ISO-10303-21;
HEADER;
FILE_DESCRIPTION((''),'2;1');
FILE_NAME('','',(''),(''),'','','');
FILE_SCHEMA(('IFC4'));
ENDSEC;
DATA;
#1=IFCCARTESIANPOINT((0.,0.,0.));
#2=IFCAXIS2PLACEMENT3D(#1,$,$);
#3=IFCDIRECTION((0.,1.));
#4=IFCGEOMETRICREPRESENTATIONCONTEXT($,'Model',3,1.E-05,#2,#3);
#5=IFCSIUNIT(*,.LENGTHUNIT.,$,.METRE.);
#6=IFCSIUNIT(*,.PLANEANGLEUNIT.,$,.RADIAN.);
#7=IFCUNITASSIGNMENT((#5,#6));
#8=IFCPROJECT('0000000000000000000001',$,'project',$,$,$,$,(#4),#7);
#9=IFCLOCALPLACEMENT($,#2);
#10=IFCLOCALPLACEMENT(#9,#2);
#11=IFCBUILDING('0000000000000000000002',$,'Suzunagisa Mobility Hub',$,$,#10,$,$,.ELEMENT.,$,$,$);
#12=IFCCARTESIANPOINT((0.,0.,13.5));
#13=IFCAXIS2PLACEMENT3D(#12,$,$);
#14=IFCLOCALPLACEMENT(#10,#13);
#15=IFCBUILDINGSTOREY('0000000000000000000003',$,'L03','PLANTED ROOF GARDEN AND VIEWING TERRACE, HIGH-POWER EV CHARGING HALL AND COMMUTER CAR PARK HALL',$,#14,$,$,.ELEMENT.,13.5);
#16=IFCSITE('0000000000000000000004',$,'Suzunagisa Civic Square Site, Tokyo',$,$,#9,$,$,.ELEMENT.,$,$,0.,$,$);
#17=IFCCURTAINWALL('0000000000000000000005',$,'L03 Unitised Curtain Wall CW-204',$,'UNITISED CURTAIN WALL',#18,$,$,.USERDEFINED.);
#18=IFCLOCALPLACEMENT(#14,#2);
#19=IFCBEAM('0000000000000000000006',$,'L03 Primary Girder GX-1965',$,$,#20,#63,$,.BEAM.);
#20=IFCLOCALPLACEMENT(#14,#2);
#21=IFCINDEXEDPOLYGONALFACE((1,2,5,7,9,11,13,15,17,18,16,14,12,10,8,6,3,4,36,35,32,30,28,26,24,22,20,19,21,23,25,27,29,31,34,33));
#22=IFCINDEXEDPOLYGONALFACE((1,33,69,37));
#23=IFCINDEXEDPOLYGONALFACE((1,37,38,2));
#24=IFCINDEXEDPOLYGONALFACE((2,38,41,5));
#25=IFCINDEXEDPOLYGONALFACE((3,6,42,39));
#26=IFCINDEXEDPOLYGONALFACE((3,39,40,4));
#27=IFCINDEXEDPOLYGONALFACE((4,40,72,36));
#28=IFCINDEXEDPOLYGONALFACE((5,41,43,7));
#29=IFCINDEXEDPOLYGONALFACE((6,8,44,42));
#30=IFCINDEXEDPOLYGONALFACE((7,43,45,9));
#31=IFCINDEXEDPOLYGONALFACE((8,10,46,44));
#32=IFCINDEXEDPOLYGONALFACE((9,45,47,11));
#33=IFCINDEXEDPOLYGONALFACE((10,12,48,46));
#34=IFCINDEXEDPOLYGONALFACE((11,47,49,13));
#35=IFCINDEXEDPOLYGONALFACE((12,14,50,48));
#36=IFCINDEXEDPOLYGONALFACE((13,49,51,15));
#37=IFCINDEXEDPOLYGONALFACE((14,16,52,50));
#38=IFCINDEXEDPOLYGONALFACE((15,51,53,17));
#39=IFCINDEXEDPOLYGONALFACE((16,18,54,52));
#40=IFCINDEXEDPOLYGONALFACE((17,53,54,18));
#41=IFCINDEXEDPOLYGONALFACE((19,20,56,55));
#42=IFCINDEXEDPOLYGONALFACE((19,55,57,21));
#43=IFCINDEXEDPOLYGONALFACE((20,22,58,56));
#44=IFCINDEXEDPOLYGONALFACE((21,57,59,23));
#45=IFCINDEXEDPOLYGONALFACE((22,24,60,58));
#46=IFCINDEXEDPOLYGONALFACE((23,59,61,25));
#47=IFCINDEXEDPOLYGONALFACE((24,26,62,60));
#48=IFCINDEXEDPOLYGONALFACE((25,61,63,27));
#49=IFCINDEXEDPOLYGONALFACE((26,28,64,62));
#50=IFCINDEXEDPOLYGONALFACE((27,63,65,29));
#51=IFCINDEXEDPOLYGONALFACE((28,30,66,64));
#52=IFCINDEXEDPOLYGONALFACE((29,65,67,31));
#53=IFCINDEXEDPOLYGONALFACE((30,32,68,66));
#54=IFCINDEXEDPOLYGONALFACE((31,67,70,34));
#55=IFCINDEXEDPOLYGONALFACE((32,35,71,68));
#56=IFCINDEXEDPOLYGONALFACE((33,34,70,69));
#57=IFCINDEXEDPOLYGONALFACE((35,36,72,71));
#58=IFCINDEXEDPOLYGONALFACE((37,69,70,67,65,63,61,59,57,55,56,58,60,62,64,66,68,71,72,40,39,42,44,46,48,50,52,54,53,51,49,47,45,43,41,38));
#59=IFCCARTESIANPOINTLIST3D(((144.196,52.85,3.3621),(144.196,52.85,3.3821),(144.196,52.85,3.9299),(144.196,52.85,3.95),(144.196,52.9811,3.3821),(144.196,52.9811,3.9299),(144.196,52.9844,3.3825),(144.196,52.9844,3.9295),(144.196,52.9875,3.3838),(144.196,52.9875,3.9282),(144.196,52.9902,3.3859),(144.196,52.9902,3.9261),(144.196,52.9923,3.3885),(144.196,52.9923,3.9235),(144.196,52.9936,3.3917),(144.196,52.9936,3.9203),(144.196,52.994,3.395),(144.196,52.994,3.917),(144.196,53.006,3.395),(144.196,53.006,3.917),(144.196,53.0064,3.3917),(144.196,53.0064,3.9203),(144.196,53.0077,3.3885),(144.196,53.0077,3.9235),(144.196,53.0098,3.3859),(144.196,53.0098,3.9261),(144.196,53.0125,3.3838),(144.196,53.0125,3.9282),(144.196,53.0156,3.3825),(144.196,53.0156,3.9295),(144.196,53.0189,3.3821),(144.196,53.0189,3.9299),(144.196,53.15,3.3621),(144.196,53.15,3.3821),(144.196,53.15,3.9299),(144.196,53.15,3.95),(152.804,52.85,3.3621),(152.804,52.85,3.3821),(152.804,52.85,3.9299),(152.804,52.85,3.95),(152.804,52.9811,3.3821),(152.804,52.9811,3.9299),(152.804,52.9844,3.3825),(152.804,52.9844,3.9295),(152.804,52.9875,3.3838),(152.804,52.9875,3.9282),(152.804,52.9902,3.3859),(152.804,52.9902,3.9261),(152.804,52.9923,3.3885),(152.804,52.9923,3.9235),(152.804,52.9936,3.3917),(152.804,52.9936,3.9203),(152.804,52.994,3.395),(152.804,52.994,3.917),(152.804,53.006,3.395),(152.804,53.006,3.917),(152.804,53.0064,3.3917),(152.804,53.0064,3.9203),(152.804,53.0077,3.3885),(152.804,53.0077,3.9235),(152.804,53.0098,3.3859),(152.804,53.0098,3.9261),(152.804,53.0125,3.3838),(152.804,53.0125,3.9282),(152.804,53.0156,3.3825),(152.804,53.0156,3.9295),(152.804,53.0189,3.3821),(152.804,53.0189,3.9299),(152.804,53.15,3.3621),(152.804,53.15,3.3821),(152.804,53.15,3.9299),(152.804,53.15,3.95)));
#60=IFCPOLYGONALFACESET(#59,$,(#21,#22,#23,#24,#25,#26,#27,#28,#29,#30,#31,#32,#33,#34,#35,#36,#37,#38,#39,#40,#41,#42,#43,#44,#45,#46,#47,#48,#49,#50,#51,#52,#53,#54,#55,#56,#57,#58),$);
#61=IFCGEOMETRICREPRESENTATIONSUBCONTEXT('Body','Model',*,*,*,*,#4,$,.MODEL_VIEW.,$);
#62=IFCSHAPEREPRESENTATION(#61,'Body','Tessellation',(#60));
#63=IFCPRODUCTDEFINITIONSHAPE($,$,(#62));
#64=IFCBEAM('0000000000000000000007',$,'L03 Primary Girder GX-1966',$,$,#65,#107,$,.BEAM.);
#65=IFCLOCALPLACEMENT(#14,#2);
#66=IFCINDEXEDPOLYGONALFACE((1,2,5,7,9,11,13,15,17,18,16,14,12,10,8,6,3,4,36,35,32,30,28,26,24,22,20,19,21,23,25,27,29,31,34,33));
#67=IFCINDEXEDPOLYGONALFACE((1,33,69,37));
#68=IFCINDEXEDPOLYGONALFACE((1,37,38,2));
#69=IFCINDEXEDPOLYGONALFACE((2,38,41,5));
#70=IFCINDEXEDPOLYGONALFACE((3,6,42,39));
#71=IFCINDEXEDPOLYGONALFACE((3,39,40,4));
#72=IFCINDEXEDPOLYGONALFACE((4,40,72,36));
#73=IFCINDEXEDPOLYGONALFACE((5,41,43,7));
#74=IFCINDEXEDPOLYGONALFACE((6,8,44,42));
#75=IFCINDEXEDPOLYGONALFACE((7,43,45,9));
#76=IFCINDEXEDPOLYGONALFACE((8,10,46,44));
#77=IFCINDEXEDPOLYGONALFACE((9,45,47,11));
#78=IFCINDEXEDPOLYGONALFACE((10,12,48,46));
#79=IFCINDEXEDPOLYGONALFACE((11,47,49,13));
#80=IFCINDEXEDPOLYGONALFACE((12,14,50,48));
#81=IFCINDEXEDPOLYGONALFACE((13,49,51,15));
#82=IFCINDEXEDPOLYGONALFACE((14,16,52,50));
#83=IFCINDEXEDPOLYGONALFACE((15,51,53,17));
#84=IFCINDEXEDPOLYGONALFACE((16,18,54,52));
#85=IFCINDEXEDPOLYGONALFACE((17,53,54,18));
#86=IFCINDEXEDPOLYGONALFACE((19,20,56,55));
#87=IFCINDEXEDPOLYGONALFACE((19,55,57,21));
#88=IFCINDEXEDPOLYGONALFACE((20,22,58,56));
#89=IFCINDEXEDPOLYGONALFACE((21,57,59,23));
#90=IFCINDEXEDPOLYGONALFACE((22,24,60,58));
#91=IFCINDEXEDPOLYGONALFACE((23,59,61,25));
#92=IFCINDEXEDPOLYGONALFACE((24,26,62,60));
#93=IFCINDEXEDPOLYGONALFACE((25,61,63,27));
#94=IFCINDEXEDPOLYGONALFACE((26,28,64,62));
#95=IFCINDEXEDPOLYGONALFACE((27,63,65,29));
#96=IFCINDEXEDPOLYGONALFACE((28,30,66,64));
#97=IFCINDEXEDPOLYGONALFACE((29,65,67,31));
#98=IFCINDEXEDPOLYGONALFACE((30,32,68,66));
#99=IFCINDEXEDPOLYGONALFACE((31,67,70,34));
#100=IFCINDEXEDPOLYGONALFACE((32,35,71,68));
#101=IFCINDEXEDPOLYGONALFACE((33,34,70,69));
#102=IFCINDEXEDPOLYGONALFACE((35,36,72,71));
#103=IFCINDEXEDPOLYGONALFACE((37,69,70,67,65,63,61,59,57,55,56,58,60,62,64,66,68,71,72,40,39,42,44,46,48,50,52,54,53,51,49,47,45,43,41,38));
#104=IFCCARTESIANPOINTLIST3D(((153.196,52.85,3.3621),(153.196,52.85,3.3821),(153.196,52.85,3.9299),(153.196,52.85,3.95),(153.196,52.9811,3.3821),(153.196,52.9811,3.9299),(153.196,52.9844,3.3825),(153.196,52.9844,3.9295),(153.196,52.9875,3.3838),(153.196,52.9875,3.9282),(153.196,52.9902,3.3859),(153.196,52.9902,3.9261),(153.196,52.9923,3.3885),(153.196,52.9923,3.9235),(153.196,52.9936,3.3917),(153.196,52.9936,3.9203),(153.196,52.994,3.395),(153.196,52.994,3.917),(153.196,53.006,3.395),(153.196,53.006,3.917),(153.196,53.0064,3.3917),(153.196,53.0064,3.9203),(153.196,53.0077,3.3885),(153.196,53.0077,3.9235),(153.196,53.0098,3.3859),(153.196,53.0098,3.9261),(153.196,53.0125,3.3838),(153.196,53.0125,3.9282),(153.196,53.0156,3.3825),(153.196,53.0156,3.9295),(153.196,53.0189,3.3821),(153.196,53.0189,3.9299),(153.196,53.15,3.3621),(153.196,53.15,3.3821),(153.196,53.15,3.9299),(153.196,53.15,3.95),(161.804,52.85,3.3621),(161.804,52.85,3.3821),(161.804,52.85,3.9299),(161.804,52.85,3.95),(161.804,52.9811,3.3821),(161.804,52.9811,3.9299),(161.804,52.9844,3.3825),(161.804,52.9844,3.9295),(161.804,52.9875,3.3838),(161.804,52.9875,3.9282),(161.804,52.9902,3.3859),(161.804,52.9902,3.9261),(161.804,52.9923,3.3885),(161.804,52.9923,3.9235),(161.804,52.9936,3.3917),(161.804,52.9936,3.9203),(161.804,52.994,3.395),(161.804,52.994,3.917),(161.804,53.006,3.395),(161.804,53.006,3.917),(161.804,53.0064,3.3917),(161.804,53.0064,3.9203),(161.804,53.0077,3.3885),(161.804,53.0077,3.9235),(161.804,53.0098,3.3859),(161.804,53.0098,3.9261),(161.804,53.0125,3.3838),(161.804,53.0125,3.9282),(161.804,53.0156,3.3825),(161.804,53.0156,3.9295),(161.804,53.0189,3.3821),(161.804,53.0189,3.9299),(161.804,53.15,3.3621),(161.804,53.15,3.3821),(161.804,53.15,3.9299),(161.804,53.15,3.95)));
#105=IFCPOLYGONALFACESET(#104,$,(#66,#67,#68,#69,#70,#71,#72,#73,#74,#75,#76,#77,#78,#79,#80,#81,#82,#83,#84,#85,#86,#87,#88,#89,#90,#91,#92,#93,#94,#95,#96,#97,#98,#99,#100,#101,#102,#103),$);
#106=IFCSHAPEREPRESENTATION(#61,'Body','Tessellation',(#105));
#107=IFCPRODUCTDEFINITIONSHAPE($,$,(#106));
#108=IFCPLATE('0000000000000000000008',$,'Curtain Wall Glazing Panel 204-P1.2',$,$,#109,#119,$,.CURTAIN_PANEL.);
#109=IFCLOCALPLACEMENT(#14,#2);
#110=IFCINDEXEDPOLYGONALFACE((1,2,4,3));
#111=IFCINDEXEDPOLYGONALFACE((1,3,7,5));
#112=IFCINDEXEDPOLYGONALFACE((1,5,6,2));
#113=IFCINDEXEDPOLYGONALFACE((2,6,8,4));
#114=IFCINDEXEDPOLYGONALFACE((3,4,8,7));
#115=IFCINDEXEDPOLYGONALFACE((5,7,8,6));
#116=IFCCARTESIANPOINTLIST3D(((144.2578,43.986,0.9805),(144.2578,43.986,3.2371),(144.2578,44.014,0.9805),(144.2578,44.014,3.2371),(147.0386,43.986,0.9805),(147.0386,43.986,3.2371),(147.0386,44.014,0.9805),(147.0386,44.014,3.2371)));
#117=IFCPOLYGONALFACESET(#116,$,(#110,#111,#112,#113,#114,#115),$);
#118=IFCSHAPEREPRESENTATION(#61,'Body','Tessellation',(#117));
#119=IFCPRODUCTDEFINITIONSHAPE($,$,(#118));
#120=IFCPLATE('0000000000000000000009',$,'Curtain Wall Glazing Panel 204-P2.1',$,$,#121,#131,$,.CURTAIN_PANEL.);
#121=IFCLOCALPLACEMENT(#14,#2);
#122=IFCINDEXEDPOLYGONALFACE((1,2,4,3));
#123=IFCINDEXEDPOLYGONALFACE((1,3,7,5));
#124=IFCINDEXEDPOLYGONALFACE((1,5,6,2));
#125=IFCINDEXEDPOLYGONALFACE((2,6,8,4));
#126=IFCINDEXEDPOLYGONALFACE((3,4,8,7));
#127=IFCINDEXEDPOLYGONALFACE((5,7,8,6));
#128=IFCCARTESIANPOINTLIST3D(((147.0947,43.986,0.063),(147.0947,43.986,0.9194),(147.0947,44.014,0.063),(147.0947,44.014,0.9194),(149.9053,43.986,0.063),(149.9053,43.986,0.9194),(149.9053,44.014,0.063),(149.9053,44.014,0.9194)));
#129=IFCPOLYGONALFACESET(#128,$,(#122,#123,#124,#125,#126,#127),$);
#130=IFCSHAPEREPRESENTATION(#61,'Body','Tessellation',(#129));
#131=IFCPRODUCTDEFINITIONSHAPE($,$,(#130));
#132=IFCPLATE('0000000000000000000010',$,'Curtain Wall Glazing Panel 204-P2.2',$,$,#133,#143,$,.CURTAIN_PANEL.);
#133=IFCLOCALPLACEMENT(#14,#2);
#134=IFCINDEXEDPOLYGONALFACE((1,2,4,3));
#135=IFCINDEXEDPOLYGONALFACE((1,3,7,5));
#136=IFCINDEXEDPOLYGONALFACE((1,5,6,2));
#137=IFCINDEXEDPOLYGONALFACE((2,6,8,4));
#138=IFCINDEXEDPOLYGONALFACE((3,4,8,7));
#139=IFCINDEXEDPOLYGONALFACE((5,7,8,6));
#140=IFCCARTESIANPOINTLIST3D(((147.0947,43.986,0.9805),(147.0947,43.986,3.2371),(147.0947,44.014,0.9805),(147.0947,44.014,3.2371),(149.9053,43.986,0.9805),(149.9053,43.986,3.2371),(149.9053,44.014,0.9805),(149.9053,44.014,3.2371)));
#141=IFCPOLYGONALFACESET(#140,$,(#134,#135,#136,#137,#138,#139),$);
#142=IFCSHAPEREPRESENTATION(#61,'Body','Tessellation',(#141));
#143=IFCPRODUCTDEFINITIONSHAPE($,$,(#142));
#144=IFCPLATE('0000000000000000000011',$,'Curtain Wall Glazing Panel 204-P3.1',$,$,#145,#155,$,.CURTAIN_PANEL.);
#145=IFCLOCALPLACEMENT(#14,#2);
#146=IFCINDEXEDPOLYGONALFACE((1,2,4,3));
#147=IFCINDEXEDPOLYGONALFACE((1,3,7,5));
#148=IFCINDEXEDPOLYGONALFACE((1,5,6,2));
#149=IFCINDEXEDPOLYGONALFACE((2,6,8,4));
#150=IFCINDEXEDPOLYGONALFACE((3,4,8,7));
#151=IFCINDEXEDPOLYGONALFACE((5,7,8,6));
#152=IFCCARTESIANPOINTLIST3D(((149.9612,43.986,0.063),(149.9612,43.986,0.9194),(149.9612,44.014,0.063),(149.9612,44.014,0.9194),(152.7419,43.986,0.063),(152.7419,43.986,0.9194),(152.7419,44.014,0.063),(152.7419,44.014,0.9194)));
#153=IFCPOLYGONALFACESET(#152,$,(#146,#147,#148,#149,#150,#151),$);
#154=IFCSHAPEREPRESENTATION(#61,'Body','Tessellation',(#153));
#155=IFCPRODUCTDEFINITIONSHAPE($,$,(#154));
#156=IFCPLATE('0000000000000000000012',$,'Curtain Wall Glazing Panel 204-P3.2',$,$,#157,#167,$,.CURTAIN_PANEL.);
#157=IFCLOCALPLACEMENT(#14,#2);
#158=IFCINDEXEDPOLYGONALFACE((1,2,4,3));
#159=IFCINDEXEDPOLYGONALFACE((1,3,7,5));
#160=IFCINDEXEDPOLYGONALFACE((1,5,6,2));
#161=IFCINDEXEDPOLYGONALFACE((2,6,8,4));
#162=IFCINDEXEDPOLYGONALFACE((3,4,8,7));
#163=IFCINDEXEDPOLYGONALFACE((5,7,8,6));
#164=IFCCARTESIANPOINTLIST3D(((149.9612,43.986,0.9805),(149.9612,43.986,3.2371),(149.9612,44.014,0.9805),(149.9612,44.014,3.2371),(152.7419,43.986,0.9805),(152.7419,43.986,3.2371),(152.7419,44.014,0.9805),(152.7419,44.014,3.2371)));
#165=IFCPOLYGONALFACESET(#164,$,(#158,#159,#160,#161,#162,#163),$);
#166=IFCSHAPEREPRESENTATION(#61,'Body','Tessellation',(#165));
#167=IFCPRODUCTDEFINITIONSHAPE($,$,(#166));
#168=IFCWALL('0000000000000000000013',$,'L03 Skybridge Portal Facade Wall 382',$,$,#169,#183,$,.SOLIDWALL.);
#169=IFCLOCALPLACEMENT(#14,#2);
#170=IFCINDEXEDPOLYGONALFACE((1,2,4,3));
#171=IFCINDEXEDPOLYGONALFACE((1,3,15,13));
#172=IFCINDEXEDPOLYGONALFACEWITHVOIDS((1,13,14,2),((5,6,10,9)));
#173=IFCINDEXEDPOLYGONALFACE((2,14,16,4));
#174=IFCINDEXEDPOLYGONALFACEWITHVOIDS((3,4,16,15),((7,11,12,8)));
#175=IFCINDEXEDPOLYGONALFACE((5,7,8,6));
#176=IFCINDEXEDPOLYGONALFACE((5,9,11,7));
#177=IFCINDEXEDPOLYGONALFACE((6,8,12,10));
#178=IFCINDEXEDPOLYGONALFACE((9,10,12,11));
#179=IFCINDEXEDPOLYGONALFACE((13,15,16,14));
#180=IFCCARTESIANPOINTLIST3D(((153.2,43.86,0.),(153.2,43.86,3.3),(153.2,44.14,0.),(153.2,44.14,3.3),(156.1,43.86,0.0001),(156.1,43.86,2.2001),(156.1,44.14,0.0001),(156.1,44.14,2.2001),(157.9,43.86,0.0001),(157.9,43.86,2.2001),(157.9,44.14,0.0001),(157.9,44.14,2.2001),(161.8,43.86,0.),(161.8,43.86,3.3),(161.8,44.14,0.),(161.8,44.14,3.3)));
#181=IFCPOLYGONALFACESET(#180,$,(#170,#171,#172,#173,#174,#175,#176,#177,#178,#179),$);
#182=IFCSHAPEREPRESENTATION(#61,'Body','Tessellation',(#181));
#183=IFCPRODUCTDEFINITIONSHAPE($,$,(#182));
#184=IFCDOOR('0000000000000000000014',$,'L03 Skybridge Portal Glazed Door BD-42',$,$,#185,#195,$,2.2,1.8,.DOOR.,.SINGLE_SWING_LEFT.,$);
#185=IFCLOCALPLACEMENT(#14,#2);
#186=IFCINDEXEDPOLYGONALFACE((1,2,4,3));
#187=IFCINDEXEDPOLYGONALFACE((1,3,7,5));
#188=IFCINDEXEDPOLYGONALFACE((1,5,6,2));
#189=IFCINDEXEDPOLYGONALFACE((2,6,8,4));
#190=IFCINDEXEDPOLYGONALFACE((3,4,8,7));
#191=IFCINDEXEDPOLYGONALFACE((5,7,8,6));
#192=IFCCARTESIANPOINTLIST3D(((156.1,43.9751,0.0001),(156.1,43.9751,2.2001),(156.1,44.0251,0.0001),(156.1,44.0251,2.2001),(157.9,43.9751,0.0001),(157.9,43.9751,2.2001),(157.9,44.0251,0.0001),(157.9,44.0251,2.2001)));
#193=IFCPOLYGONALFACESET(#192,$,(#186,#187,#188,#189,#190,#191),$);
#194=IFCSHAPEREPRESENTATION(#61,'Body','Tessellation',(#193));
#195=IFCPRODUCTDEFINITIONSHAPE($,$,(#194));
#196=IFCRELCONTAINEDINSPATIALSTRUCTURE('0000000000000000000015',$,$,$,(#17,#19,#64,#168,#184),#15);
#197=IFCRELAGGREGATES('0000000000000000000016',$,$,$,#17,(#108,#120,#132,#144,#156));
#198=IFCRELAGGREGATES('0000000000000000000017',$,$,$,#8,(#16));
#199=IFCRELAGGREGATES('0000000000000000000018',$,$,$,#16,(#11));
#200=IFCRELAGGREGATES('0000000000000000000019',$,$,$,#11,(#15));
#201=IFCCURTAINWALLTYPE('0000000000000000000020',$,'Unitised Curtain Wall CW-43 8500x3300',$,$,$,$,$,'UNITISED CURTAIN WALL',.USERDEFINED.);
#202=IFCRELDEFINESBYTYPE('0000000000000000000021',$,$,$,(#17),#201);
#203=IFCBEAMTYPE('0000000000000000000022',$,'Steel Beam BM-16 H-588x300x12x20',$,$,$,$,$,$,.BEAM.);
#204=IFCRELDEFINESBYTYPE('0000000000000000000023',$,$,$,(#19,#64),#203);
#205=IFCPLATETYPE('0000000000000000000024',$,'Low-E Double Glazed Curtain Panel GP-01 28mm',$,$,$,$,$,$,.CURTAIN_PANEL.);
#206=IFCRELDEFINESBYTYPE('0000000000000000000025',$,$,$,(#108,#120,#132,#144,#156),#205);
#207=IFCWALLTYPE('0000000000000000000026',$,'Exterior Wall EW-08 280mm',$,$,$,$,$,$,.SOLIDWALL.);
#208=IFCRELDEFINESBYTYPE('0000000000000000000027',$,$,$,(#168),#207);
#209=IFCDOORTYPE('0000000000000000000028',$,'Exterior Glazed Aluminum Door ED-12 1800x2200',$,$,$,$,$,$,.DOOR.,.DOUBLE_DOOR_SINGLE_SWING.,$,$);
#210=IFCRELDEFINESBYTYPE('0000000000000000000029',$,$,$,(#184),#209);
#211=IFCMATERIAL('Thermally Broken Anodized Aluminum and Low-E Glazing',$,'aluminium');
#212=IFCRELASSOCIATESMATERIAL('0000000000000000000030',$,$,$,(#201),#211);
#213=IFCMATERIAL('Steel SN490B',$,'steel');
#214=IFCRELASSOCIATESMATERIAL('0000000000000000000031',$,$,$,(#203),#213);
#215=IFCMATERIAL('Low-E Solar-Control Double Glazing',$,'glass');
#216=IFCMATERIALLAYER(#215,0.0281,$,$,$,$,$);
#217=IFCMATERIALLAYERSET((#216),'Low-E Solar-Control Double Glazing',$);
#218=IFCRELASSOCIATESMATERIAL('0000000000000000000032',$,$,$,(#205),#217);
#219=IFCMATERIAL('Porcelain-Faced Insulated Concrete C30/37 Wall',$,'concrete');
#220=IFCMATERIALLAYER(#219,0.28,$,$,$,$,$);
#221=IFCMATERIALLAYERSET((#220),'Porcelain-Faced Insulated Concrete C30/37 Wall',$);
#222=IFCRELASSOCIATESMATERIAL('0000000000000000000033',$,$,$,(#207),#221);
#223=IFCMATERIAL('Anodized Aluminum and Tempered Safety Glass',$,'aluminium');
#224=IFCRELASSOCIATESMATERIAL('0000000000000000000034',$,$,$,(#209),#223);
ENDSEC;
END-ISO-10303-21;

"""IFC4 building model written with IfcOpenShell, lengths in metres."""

from ifc_helpers import new_model, si_unit, direction, frame, frame_2d, origin, origin_2d, place, context, subcontext, project, spatial, rectangle, i_section, extrude, material, layer, layer_set, material_profile, profile_set, type_object, element, fill, aggregate, save


model = new_model("IFC4")

# Units and contexts
model_context = context("Model", 3, precision=1e-05, world=origin(), true_north=direction((0.0, 1.0)))
body_context = subcontext(model_context, "Body", "Model", "MODEL_VIEW")
ifc_project = project(units=[si_unit("LENGTHUNIT", "METRE"), si_unit("PLANEANGLEUNIT", "RADIAN")], contexts=[model_context])

# Site, building, storey
site_placement = place(None, origin())
site = spatial("IfcSite", under=ifc_project, at=site_placement, Name="Suzunagisa Civic Square Site, Tokyo", CompositionType="ELEMENT", RefElevation=0.0)
building_placement = place(site_placement, origin())
building = spatial("IfcBuilding", under=site, at=building_placement, Name="Suzunagisa Mobility Hub", CompositionType="ELEMENT")
storey_placement = place(building_placement, frame((0.0, 0.0, 13.5)))
storey = spatial("IfcBuildingStorey", under=building, at=storey_placement, Name="L03", Description="PLANTED ROOF GARDEN AND VIEWING TERRACE, HIGH-POWER EV CHARGING HALL AND COMMUTER CAR PARK HALL", CompositionType="ELEMENT", Elevation=13.5)

# Shared definitions
ifc_material_1 = material(Name="Steel SN490B", Category="steel")

# Curtain wall
ifc_material_2 = material(Name="Thermally Broken Anodized Aluminum and Low-E Glazing", Category="aluminium")
curtain_wall_type = type_object("IfcCurtainWallType", Name="Unitised Curtain Wall CW-43 8500x3300", ElementType="UNITISED CURTAIN WALL", PredefinedType="USERDEFINED", material=ifc_material_2)
curtain_wall_placement = place(storey_placement, origin())
curtain_wall = element("IfcCurtainWall", 1, at=curtain_wall_placement, inside=storey, type_object=curtain_wall_type, Name="L03 Unitised Curtain Wall CW-204", ObjectType="UNITISED CURTAIN WALL", PredefinedType="USERDEFINED")

# Beams
ifc_material_profile_1 = material_profile(ifc_material_1, i_section(OverallWidth=0.3, OverallDepth=0.5879, WebThickness=0.012, FlangeThickness=0.02, FilletRadius=0.0129, at=origin_2d()), Name="H-588x300x12x20")
ifc_profile_set_1 = profile_set([ifc_material_profile_1], Name="Steel SN490B")
beam_type_1 = type_object("IfcBeamType", Name="Steel Beam BM-16 H-588x300x12x20", PredefinedType="BEAM", material=ifc_profile_set_1)
for number, where, z_axis, x_axis, name in (
    (2, (144.196, 53.0, 3.656), (1.0, 0.0, 0.0), (0.0, 1.0, 0.0), "L03 Primary Girder GX-1965"),
    (3, (153.196, 53.0, 3.656), (1.0, 0.0, 0.0), (0.0, 1.0, 0.0), "L03 Primary Girder GX-1966"),
):
    element("IfcBeam", number, at=place(storey_placement, frame(where, z_axis=z_axis, x_axis=x_axis)), inside=storey, type_object=beam_type_1, Name=name, PredefinedType="BEAM", context=body_context, shape_type="SweptSolid", body=[
        extrude(i_section(OverallWidth=0.3, OverallDepth=0.5879, WebThickness=0.012, FlangeThickness=0.02, FilletRadius=0.0129, at=origin_2d()), origin(), (0.0, 0.0, 1.0), 8.6079),
    ])

# Plates
ifc_material_3 = material(Name="Low-E Solar-Control Double Glazing", Category="glass")
ifc_layer_1 = layer(ifc_material_3, 0.0281)
ifc_layer_set_1 = layer_set([ifc_layer_1], Name="Low-E Solar-Control Double Glazing")
plate_type = type_object("IfcPlateType", Name="Low-E Double Glazed Curtain Panel GP-01 28mm", PredefinedType="CURTAIN_PANEL", material=ifc_layer_set_1)
plate_1_placement = place(storey_placement, frame((145.6482, 44.0, 0.9805), z_axis=(0.0, 0.0, 1.0), x_axis=(1.0, 0.0, 0.0)))
plate_1 = element("IfcPlate", 4, at=plate_1_placement, type_object=plate_type, Name="Curtain Wall Glazing Panel 204-P1.2", PredefinedType="CURTAIN_PANEL", context=body_context, shape_type="SweptSolid", body=[
    extrude(rectangle(XDim=2.7808, YDim=0.0281, at=origin_2d()), origin(), (0.0, 0.0, 1.0), 2.2566),
])
plate_2_placement = place(storey_placement, frame((148.5, 44.0, 0.063), z_axis=(0.0, 0.0, 1.0), x_axis=(1.0, 0.0, 0.0)))
plate_2 = element("IfcPlate", 5, at=plate_2_placement, type_object=plate_type, Name="Curtain Wall Glazing Panel 204-P2.1", PredefinedType="CURTAIN_PANEL", context=body_context, shape_type="SweptSolid", body=[
    extrude(rectangle(XDim=2.8105, YDim=0.0281, at=origin_2d()), origin(), (0.0, 0.0, 1.0), 0.8564),
])
plate_3_placement = place(storey_placement, frame((148.5, 44.0, 0.9805), z_axis=(0.0, 0.0, 1.0), x_axis=(1.0, 0.0, 0.0)))
plate_3 = element("IfcPlate", 6, at=plate_3_placement, type_object=plate_type, Name="Curtain Wall Glazing Panel 204-P2.2", PredefinedType="CURTAIN_PANEL", context=body_context, shape_type="SweptSolid", body=[
    extrude(rectangle(XDim=2.8105, YDim=0.0281, at=origin_2d()), origin(), (0.0, 0.0, 1.0), 2.2566),
])
plate_4_placement = place(storey_placement, frame((151.3516, 44.0, 0.063), z_axis=(0.0, 0.0, 1.0), x_axis=(1.0, 0.0, 0.0)))
plate_4 = element("IfcPlate", 7, at=plate_4_placement, type_object=plate_type, Name="Curtain Wall Glazing Panel 204-P3.1", PredefinedType="CURTAIN_PANEL", context=body_context, shape_type="SweptSolid", body=[
    extrude(rectangle(XDim=2.7808, YDim=0.0281, at=origin_2d()), origin(), (0.0, 0.0, 1.0), 0.8564),
])
plate_5_placement = place(storey_placement, frame((151.3516, 44.0, 0.9805), z_axis=(0.0, 0.0, 1.0), x_axis=(1.0, 0.0, 0.0)))
plate_5 = element("IfcPlate", 8, at=plate_5_placement, type_object=plate_type, Name="Curtain Wall Glazing Panel 204-P3.2", PredefinedType="CURTAIN_PANEL", context=body_context, shape_type="SweptSolid", body=[
    extrude(rectangle(XDim=2.7808, YDim=0.0281, at=origin_2d()), origin(), (0.0, 0.0, 1.0), 2.2566),
])
aggregate(curtain_wall, [plate_1, plate_2, plate_3, plate_4, plate_5])

# Wall, opening, door
ifc_material_4 = material(Name="Porcelain-Faced Insulated Concrete C30/37 Wall", Category="concrete")
ifc_layer_2 = layer(ifc_material_4, 0.28)
ifc_layer_set_2 = layer_set([ifc_layer_2], Name="Porcelain-Faced Insulated Concrete C30/37 Wall")
wall_type = type_object("IfcWallType", Name="Exterior Wall EW-08 280mm", PredefinedType="SOLIDWALL", material=ifc_layer_set_2)
wall_placement = place(storey_placement, frame((153.2, 44.0, 0.0), z_axis=(0.0, 0.0, 1.0), x_axis=(1.0, 0.0, 0.0)))
wall = element("IfcWall", 9, at=wall_placement, inside=storey, type_object=wall_type, Name="L03 Skybridge Portal Facade Wall 382", PredefinedType="SOLIDWALL", context=body_context, shape_type="SweptSolid", body=[
    extrude(rectangle(XDim=8.6001, YDim=0.28, at=frame_2d((4.3, 0.0))), origin(), (0.0, 0.0, 1.0), 3.3),
])
opening_placement = place(wall_placement, frame((4.7, 0.0, 0.0), z_axis=(0.0, 0.0, 1.0), x_axis=(-1.0, 0.0, 0.0)))
opening = element("IfcOpeningElement", 10, at=opening_placement, cuts=wall, PredefinedType="OPENING", context=body_context, shape_type="SweptSolid", body=[
    extrude(rectangle(XDim=1.8, YDim=2.2, at=frame_2d((0.8999, 1.1001))), frame((0.0, 0.1509, 0.0), z_axis=(0.0, -1.0, 0.0), x_axis=(1.0, 0.0, 0.0)), (0.0, 0.0, 1.0), 0.302),
])
ifc_material_5 = material(Name="Anodized Aluminum and Tempered Safety Glass", Category="aluminium")
door_type = type_object("IfcDoorType", Name="Exterior Glazed Aluminum Door ED-12 1800x2200", OperationType="DOUBLE_DOOR_SINGLE_SWING", PredefinedType="DOOR", material=ifc_material_5)
door_placement = place(opening_placement, origin())
door = element("IfcDoor", 11, at=door_placement, inside=storey, type_object=door_type, Name="L03 Skybridge Portal Glazed Door BD-42", OperationType="SINGLE_SWING_LEFT", OverallHeight=2.2, OverallWidth=1.8, PredefinedType="DOOR", context=body_context, shape_type="SweptSolid", body=[
    extrude(rectangle(XDim=1.8, YDim=2.2, at=frame_2d((0.8999, 1.1001))), frame((0.0, 0.0249, 0.0), z_axis=(0.0, -1.0, 0.0), x_axis=(1.0, 0.0, 0.0)), (0.0, 0.0, 1.0), 0.05),
])
fill(opening, door)

save(model, "model.ifc")
